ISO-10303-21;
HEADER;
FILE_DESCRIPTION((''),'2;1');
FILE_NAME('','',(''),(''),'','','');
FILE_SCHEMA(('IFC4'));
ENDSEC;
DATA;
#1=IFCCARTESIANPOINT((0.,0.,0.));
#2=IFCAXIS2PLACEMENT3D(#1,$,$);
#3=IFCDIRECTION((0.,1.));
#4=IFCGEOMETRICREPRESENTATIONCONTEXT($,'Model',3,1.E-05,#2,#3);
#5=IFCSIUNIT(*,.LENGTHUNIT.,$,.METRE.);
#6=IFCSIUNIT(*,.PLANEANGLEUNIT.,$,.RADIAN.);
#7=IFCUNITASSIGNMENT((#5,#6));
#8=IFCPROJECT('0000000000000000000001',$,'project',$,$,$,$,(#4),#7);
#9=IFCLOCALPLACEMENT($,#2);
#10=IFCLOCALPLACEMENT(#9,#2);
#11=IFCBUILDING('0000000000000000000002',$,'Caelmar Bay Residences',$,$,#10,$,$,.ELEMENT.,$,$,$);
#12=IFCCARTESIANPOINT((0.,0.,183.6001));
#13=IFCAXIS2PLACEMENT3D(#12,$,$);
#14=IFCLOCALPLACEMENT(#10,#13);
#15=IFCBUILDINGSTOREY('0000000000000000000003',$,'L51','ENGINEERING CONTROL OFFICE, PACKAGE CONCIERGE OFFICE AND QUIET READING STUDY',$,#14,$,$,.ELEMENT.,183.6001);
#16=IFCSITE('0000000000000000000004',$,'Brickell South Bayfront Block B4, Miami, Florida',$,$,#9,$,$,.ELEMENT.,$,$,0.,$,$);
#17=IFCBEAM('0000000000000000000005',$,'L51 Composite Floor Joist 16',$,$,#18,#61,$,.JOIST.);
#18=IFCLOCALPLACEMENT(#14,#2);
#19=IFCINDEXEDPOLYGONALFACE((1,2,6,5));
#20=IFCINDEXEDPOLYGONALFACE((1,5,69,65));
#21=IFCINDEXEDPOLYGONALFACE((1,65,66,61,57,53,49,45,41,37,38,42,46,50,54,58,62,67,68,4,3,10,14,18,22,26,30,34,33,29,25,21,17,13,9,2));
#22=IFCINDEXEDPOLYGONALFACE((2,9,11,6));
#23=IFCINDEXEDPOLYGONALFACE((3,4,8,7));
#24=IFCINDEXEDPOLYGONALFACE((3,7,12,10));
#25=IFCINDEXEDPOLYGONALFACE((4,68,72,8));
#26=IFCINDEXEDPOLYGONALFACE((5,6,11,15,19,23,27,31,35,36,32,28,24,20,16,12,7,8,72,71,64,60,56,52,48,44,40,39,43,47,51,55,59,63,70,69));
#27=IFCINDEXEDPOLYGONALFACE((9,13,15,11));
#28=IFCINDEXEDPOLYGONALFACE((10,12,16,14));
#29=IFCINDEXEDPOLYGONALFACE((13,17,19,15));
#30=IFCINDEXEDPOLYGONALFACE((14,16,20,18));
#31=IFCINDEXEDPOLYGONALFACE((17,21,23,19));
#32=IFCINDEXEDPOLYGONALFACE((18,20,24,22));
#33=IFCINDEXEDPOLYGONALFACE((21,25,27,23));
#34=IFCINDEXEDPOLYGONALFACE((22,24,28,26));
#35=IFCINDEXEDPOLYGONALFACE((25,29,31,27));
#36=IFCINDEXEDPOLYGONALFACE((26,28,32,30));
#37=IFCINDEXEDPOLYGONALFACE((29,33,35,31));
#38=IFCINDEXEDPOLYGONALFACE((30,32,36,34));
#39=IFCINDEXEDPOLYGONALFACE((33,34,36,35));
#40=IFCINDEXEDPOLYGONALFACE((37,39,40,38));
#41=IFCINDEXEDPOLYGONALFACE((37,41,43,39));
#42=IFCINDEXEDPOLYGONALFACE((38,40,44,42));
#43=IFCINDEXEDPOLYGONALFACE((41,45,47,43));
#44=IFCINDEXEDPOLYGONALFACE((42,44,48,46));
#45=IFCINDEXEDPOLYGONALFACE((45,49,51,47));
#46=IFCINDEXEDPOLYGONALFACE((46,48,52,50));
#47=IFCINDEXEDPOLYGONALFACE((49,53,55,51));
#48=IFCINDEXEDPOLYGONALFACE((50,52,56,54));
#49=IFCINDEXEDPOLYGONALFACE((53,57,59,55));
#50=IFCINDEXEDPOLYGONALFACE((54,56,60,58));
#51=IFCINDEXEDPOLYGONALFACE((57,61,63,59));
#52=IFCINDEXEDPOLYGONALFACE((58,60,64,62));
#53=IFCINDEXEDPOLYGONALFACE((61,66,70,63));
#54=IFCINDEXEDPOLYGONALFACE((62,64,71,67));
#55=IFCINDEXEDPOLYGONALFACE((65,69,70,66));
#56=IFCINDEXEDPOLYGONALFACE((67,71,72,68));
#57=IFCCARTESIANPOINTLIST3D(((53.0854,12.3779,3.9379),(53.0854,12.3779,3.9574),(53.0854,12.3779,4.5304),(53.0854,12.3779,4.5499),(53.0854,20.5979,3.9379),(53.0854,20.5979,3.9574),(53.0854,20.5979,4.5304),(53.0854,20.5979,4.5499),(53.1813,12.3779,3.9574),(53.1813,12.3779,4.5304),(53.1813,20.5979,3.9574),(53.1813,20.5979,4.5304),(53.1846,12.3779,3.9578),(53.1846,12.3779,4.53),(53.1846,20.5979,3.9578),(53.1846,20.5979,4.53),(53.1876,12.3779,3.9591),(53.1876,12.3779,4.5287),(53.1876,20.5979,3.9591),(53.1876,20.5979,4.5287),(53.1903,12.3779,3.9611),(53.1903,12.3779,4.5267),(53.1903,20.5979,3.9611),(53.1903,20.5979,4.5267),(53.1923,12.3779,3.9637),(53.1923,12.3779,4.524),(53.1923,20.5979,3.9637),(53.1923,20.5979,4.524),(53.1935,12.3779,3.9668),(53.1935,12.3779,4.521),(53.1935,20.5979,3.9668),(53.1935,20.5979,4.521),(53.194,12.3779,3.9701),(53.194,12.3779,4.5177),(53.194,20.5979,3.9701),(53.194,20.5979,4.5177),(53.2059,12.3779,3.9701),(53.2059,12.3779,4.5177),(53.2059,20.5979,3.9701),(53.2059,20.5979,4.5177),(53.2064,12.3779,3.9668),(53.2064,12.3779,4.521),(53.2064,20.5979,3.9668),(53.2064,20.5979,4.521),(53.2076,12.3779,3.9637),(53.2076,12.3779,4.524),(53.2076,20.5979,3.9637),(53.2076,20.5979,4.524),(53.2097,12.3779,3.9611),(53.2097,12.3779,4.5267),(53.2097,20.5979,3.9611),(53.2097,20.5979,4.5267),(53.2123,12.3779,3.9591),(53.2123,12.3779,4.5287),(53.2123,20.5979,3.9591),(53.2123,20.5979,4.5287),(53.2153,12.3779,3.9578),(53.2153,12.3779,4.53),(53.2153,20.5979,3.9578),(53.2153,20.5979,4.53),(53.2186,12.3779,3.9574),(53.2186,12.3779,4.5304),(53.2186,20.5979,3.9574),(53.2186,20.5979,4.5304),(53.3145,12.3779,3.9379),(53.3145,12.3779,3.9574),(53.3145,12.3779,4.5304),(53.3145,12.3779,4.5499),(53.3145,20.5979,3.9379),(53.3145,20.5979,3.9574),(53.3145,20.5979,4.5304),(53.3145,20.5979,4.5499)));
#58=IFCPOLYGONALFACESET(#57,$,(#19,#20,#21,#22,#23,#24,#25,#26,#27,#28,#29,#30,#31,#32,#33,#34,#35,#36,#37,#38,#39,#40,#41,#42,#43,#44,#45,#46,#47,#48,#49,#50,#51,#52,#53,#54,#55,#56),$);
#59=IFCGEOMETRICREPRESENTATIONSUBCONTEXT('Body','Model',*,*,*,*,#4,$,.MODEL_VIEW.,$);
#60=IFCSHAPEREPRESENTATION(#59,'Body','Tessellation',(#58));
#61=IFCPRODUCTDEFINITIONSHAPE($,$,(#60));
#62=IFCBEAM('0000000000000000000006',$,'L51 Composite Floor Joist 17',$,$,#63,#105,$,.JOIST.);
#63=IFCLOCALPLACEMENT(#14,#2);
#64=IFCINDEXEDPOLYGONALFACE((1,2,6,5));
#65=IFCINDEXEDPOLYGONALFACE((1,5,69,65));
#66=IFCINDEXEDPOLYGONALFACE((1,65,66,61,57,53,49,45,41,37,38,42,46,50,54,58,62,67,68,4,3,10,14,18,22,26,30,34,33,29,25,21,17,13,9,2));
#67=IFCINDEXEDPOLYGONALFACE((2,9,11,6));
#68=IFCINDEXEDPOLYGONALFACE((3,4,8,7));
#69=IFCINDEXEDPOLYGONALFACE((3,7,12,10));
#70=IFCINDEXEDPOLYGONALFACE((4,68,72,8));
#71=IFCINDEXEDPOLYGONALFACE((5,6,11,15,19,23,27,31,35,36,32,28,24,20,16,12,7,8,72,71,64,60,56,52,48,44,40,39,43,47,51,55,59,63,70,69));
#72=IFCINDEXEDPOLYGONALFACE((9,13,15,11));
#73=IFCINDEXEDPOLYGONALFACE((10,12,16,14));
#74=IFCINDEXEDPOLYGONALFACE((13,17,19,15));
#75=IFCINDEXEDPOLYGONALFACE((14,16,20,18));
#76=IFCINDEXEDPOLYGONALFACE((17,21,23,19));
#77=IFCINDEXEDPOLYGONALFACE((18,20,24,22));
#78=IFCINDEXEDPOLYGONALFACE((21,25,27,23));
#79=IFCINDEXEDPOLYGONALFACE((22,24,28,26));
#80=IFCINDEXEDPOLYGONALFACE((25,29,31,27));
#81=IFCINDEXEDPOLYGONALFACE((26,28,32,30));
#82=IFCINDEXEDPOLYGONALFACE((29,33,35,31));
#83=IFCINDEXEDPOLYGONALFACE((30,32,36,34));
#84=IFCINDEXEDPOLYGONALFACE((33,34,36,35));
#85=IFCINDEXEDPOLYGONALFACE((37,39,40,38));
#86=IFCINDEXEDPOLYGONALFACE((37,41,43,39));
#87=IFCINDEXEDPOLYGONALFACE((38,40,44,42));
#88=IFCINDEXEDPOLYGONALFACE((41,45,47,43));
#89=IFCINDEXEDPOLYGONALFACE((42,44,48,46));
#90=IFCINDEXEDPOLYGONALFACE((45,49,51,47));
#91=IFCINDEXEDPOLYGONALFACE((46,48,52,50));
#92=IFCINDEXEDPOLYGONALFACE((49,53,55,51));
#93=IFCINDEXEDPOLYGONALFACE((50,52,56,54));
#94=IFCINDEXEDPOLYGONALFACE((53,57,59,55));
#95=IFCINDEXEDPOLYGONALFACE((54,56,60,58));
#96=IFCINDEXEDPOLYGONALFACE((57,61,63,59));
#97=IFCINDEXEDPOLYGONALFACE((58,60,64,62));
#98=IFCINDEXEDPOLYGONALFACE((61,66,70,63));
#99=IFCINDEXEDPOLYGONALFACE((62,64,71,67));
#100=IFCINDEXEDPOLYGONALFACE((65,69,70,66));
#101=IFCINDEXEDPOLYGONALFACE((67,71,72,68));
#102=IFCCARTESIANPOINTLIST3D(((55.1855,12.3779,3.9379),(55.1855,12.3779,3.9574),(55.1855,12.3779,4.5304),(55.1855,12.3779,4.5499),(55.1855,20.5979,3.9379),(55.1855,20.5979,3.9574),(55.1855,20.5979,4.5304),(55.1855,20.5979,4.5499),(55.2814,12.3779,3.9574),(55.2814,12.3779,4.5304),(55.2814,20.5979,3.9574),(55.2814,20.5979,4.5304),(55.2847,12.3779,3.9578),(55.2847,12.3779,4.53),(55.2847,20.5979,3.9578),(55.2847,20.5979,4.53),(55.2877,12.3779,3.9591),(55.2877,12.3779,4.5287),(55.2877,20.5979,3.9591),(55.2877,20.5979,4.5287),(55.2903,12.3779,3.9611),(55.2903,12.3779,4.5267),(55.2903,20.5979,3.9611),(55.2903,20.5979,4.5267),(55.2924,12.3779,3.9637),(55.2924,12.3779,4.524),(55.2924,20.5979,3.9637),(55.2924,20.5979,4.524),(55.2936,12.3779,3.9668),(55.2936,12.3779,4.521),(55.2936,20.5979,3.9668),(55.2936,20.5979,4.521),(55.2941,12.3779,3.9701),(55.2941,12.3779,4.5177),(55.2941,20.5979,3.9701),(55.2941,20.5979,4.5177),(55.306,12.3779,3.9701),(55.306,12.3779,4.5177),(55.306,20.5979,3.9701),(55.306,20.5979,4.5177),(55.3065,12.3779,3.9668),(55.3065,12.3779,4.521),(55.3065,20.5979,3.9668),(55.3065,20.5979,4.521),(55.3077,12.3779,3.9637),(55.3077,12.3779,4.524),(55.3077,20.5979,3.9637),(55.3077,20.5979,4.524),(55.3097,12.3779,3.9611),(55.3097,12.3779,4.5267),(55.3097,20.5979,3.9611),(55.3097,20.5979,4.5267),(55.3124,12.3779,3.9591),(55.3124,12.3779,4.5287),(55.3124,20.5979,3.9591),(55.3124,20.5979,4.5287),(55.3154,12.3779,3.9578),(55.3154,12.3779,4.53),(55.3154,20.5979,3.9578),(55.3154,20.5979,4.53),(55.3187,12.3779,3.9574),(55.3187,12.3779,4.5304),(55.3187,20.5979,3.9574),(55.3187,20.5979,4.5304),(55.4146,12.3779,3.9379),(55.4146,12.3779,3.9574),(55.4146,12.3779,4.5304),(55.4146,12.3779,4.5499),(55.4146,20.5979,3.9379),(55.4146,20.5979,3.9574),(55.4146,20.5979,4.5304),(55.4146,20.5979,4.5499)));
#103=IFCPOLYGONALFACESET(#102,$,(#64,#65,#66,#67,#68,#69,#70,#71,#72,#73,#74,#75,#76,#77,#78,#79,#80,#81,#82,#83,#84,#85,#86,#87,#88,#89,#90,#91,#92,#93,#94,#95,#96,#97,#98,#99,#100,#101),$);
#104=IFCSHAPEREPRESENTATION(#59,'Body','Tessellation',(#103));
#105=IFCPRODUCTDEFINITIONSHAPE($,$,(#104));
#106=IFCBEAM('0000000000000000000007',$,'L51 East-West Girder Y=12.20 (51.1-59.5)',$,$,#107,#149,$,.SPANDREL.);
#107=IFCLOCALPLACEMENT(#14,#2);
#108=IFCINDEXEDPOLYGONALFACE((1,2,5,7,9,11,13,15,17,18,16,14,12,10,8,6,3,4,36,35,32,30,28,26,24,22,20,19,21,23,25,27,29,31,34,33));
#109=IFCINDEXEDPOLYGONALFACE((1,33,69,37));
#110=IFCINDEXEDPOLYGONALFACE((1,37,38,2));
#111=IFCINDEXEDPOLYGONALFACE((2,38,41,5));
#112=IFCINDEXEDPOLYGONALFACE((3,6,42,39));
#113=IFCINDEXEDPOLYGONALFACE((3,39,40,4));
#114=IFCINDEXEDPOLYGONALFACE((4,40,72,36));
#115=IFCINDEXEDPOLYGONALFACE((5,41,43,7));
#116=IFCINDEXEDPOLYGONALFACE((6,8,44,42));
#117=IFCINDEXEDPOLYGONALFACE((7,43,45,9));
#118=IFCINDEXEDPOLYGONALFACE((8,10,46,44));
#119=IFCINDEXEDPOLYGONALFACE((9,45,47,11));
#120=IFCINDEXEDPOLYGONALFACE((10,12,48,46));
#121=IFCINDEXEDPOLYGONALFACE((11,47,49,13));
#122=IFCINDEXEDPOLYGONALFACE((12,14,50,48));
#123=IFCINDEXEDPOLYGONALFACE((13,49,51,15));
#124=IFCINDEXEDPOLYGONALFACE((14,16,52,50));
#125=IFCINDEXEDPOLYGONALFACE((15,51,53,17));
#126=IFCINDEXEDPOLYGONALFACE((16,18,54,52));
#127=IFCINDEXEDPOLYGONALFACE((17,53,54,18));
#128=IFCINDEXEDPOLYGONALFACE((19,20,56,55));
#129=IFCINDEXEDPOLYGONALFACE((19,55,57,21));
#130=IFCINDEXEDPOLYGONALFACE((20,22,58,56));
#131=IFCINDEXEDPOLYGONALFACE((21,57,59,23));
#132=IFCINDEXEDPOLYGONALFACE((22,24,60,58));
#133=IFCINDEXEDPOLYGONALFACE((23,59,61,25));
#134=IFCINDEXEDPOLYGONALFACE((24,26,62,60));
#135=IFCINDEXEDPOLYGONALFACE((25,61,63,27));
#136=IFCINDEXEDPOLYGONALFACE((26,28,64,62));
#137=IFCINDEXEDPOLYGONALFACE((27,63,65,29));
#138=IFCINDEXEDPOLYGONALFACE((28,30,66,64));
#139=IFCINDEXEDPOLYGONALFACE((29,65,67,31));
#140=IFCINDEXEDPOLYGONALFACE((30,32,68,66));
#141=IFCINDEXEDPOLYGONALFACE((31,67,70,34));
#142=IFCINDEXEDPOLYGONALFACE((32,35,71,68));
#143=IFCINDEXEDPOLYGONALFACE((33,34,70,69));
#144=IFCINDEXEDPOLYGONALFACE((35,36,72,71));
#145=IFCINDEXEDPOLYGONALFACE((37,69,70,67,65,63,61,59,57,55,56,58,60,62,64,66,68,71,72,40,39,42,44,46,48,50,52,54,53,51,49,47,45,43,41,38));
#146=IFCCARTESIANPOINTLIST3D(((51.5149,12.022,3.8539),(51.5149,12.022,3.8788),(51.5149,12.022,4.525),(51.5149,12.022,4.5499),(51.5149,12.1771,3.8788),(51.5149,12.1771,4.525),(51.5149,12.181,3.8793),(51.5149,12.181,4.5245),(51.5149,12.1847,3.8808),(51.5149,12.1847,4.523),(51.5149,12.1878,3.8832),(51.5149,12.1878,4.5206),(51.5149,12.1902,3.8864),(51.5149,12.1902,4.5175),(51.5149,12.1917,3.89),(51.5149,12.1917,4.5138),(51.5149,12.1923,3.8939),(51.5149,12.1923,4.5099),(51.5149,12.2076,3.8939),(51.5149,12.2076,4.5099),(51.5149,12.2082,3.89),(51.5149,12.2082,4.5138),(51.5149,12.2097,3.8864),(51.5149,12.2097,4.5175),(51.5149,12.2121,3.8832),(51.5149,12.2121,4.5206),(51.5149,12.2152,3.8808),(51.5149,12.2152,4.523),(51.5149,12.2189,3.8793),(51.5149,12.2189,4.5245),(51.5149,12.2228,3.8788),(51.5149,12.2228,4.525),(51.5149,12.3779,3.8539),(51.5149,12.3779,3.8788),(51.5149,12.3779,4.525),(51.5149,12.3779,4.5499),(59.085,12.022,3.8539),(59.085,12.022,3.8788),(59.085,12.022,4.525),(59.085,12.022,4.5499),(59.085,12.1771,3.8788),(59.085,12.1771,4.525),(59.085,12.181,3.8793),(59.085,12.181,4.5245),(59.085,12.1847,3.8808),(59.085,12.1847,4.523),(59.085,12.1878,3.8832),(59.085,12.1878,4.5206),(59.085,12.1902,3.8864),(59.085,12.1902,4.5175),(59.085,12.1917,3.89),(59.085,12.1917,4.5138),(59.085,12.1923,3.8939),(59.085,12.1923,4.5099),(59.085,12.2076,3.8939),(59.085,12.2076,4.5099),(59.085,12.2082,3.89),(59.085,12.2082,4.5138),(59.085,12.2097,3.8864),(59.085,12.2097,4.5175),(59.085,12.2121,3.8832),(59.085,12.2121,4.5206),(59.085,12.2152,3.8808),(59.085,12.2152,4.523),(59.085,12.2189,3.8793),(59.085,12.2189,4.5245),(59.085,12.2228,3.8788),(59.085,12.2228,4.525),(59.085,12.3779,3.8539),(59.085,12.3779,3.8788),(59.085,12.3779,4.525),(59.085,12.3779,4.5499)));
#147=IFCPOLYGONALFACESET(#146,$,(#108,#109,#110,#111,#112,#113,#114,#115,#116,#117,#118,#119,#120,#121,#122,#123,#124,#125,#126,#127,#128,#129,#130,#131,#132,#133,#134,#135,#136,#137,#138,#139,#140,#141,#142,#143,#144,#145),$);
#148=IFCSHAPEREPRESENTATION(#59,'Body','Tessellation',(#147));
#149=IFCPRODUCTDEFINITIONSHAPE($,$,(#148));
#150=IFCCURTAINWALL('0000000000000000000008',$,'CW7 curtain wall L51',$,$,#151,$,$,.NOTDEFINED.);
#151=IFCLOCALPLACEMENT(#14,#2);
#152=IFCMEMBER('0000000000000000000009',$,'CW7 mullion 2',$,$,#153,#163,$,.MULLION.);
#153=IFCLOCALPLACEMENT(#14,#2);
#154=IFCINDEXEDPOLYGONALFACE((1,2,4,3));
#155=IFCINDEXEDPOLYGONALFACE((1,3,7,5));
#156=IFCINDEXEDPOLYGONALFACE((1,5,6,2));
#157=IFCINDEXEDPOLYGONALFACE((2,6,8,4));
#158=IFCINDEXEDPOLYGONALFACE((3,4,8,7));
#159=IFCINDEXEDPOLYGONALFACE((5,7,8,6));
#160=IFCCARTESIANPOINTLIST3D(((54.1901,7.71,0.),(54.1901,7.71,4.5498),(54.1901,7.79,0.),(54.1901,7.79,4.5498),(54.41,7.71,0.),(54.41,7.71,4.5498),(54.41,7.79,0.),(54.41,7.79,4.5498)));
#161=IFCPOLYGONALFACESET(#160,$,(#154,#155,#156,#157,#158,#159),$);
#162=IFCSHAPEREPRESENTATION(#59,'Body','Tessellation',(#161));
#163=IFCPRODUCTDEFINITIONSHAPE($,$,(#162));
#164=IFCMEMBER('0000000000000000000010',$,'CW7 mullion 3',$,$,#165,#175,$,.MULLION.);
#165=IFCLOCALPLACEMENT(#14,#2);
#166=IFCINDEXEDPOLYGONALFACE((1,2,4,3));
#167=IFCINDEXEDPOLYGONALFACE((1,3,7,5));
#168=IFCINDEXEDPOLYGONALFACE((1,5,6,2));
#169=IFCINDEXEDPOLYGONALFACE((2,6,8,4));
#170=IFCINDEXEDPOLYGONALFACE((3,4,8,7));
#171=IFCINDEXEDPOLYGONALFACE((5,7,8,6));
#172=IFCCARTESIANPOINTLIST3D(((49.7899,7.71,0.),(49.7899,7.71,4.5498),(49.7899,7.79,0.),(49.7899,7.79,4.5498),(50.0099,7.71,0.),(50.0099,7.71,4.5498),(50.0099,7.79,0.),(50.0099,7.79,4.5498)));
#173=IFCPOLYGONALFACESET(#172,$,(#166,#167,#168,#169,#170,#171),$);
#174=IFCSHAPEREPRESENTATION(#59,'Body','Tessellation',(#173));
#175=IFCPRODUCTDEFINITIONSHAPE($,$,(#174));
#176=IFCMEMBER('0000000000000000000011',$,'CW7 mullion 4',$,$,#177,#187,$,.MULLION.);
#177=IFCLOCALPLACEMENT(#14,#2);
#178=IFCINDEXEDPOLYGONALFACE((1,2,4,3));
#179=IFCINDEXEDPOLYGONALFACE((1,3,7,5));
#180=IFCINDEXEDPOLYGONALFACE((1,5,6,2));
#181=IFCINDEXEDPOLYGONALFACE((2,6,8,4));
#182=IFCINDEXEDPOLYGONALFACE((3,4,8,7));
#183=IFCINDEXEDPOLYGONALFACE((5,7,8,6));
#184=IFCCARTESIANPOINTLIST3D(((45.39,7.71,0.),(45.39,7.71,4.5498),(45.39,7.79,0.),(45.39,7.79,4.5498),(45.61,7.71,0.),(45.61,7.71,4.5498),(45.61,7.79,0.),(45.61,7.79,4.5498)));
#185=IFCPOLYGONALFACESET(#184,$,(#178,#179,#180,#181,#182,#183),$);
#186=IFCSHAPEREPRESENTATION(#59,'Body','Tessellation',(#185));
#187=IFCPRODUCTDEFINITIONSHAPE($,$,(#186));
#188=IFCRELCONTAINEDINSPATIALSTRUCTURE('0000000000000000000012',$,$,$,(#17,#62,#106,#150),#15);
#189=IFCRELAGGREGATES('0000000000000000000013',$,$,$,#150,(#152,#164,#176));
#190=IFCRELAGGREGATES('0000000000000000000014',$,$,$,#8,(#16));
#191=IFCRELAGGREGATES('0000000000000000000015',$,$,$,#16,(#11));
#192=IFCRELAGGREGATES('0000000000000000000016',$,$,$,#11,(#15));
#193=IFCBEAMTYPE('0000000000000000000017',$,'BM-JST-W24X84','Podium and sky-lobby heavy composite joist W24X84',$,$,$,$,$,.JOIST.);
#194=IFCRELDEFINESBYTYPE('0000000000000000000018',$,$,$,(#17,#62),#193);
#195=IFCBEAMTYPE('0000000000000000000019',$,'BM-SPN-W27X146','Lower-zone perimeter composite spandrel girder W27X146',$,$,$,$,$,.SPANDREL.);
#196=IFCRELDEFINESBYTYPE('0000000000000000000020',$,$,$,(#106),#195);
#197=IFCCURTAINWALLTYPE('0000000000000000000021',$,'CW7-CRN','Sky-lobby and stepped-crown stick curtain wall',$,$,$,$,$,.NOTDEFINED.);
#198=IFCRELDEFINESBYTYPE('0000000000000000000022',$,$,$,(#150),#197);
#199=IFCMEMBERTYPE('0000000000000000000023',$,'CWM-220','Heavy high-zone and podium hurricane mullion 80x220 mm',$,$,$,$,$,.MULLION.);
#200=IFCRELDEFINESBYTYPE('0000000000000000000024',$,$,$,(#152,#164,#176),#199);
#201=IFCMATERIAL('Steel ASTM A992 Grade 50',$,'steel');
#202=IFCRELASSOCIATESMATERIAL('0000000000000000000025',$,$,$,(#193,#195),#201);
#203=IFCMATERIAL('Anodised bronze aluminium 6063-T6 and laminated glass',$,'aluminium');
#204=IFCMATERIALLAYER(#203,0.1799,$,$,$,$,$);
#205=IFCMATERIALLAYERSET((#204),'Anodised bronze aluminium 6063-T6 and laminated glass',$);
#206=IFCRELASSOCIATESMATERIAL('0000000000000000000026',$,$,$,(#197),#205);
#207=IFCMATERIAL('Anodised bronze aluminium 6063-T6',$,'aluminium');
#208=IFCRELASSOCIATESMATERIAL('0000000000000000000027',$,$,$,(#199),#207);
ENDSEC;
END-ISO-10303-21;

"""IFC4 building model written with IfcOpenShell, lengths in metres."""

from ifc_helpers import new_model, si_unit, direction, frame, origin, origin_2d, place, context, subcontext, project, spatial, rectangle, i_section, extrude, material, layer, layer_set, material_profile, profile_set, type_object, element, aggregate, save


model = new_model("IFC4")

# Units and contexts
model_context = context("Model", 3, precision=1e-05, world=origin(), true_north=direction((0.0, 1.0)))
body_context = subcontext(model_context, "Body", "Model", "MODEL_VIEW")
ifc_project = project(units=[si_unit("LENGTHUNIT", "METRE"), si_unit("PLANEANGLEUNIT", "RADIAN")], contexts=[model_context])

# Site, building, storey
site_placement = place(None, origin())
site = spatial("IfcSite", under=ifc_project, at=site_placement, Name="Brickell South Bayfront Block B4, Miami, Florida", CompositionType="ELEMENT", RefElevation=0.0)
building_placement = place(site_placement, origin())
building = spatial("IfcBuilding", under=site, at=building_placement, Name="Caelmar Bay Residences", CompositionType="ELEMENT")
storey_placement = place(building_placement, frame((0.0, 0.0, 183.6001)))
storey = spatial("IfcBuildingStorey", under=building, at=storey_placement, Name="L51", Description="ENGINEERING CONTROL OFFICE, PACKAGE CONCIERGE OFFICE AND QUIET READING STUDY", CompositionType="ELEMENT", Elevation=183.6001)

# Beams
ifc_material_1 = material(Name="Steel ASTM A992 Grade 50", Category="steel")
ifc_material_profile_1 = material_profile(ifc_material_1, i_section(OverallWidth=0.229, OverallDepth=0.6121, WebThickness=0.012, FlangeThickness=0.0195, FilletRadius=0.0127, at=origin_2d()), Name="W24X84")
ifc_profile_set_1 = profile_set([ifc_material_profile_1], Name="Steel ASTM A992 Grade 50")
beam_type_1 = type_object("IfcBeamType", Name="BM-JST-W24X84", Description="Podium and sky-lobby heavy composite joist W24X84", PredefinedType="JOIST", material=ifc_profile_set_1)
for number, where, z_axis, x_axis, name in (
    (1, (53.2, 12.3779, 4.2439), (0.0, 1.0, 0.0), (-1.0, 0.0, 0.0), "L51 Composite Floor Joist 16"),
    (2, (55.3, 12.3779, 4.2439), (0.0, 1.0, 0.0), (-1.0, 0.0, 0.0), "L51 Composite Floor Joist 17"),
):
    element("IfcBeam", number, at=place(storey_placement, frame(where, z_axis=z_axis, x_axis=x_axis)), inside=storey, type_object=beam_type_1, Name=name, PredefinedType="JOIST", context=body_context, shape_type="SweptSolid", body=[
        extrude(i_section(OverallWidth=0.229, OverallDepth=0.6121, WebThickness=0.012, FlangeThickness=0.0195, FilletRadius=0.0127, at=origin_2d()), origin(), (0.0, 0.0, 1.0), 8.22),
    ])
ifc_material_profile_2 = material_profile(ifc_material_1, i_section(OverallWidth=0.356, OverallDepth=0.696, WebThickness=0.0154, FlangeThickness=0.0249, FilletRadius=0.0151, at=origin_2d()), Name="W27X146")
ifc_profile_set_2 = profile_set([ifc_material_profile_2], Name="Steel ASTM A992 Grade 50")
beam_type_2 = type_object("IfcBeamType", Name="BM-SPN-W27X146", Description="Lower-zone perimeter composite spandrel girder W27X146", PredefinedType="SPANDREL", material=ifc_profile_set_2)
beam_1_placement = place(storey_placement, frame((51.5149, 12.2, 4.2019), z_axis=(1.0, 0.0, 0.0), x_axis=(0.0, 1.0, 0.0)))
element("IfcBeam", 3, at=beam_1_placement, inside=storey, type_object=beam_type_2, Name="L51 East-West Girder Y=12.20 (51.1-59.5)", PredefinedType="SPANDREL", context=body_context, shape_type="SweptSolid", body=[
    extrude(i_section(OverallWidth=0.356, OverallDepth=0.696, WebThickness=0.0154, FlangeThickness=0.0249, FilletRadius=0.0151, at=origin_2d()), origin(), (0.0, 0.0, 1.0), 7.5701),
])

# Curtain wall, members
ifc_material_2 = material(Name="Anodised bronze aluminium 6063-T6 and laminated glass", Category="aluminium")
ifc_layer_1 = layer(ifc_material_2, 0.1799)
ifc_layer_set_1 = layer_set([ifc_layer_1], Name="Anodised bronze aluminium 6063-T6 and laminated glass")
curtain_wall_type = type_object("IfcCurtainWallType", Name="CW7-CRN", Description="Sky-lobby and stepped-crown stick curtain wall", PredefinedType="NOTDEFINED", material=ifc_layer_set_1)
curtain_wall_placement = place(storey_placement, origin())
curtain_wall = element("IfcCurtainWall", 4, at=curtain_wall_placement, inside=storey, type_object=curtain_wall_type, Name="CW7 curtain wall L51", PredefinedType="NOTDEFINED")
ifc_material_3 = material(Name="Anodised bronze aluminium 6063-T6", Category="aluminium")
ifc_material_profile_3 = material_profile(ifc_material_3, rectangle(XDim=0.0801, YDim=0.22, at=origin_2d()), Name="CWM-80X220")
ifc_profile_set_3 = profile_set([ifc_material_profile_3], Name="Anodised bronze aluminium 6063-T6")
member_type_1 = type_object("IfcMemberType", Name="CWM-220", Description="Heavy high-zone and podium hurricane mullion 80x220 mm", PredefinedType="MULLION", material=ifc_profile_set_3)
member_1_placement = place(storey_placement, frame((54.3, 7.75, 0.0), z_axis=(0.0, 0.0, 1.0), x_axis=(0.0, -1.0, 0.0)))
member_1 = element("IfcMember", 5, at=member_1_placement, type_object=member_type_1, Name="CW7 mullion 2", PredefinedType="MULLION", context=body_context, shape_type="SweptSolid", body=[
    extrude(rectangle(XDim=0.0801, YDim=0.22, at=origin_2d()), origin(), (0.0, 0.0, 1.0), 4.5498),
])
member_2_placement = place(storey_placement, frame((49.8999, 7.75, 0.0), z_axis=(0.0, 0.0, 1.0), x_axis=(0.0, -1.0, 0.0)))
member_2 = element("IfcMember", 6, at=member_2_placement, type_object=member_type_1, Name="CW7 mullion 3", PredefinedType="MULLION", context=body_context, shape_type="SweptSolid", body=[
    extrude(rectangle(XDim=0.0801, YDim=0.22, at=origin_2d()), origin(), (0.0, 0.0, 1.0), 4.5498),
])
member_3_placement = place(storey_placement, frame((45.5, 7.75, 0.0), z_axis=(0.0, 0.0, 1.0), x_axis=(0.0, -1.0, 0.0)))
member_3 = element("IfcMember", 7, at=member_3_placement, type_object=member_type_1, Name="CW7 mullion 4", PredefinedType="MULLION", context=body_context, shape_type="SweptSolid", body=[
    extrude(rectangle(XDim=0.0801, YDim=0.22, at=origin_2d()), origin(), (0.0, 0.0, 1.0), 4.5498),
])
aggregate(curtain_wall, [member_1, member_2, member_3])

save(model, "model.ifc")
